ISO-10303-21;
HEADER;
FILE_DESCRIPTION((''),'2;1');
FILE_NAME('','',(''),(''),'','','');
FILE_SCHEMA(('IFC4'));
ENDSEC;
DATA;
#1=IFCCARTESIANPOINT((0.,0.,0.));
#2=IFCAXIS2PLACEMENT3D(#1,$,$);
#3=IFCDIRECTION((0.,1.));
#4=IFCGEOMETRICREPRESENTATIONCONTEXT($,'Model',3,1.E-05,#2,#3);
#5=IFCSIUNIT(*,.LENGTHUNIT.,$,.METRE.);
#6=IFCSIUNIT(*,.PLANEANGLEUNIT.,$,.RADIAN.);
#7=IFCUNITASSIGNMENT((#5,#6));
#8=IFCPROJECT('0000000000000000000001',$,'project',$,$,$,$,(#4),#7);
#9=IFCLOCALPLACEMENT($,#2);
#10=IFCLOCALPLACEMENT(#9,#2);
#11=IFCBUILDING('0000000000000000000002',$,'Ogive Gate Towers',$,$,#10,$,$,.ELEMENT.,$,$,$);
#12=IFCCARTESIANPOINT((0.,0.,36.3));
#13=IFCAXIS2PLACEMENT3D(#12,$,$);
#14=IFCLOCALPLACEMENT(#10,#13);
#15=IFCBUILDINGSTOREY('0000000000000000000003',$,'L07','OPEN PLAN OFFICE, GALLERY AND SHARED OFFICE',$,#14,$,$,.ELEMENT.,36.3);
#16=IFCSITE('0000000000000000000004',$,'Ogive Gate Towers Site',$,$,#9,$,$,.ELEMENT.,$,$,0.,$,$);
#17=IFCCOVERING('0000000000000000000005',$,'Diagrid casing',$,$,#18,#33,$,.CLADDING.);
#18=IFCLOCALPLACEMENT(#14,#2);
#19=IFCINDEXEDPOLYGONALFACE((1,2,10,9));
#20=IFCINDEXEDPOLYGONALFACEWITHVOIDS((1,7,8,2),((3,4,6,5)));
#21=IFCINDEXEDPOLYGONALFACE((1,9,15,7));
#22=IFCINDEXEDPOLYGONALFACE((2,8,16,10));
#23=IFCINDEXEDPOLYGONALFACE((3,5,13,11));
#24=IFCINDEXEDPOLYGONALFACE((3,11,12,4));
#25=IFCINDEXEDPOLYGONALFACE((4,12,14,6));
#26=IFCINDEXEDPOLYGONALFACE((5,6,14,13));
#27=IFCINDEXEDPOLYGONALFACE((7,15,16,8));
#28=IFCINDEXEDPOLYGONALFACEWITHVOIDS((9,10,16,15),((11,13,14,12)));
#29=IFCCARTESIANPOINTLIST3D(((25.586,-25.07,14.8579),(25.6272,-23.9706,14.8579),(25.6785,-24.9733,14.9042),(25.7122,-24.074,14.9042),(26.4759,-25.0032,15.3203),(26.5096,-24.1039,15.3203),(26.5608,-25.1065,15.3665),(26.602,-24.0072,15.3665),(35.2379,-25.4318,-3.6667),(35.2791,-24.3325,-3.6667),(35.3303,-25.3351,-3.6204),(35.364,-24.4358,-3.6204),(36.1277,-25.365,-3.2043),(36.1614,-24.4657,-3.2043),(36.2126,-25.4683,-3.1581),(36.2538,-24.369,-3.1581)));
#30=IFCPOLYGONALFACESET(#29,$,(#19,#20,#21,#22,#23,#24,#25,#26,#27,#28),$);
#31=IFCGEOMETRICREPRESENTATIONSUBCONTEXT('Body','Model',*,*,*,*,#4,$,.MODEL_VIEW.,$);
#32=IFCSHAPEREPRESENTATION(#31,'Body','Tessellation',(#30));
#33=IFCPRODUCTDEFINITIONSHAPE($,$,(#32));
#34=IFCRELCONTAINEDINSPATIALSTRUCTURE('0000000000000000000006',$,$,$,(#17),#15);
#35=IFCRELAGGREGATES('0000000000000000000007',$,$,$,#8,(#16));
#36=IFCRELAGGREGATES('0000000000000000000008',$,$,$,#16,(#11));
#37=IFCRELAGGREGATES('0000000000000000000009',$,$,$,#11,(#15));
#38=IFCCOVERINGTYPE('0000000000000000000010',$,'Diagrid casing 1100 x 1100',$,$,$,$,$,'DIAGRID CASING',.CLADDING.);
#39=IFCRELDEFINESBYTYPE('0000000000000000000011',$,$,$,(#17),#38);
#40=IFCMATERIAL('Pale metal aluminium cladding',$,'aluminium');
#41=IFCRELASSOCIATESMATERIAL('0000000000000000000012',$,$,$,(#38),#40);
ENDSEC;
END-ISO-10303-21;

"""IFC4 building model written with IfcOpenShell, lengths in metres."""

from ifc_helpers import new_model, si_unit, direction, frame, origin, origin_2d, place, context, subcontext, project, spatial, hollow_rectangle, extrude, material, material_profile, profile_set, type_object, element, save


model = new_model("IFC4")

# Units and contexts
model_context = context("Model", 3, precision=1e-05, world=origin(), true_north=direction((0.0, 1.0)))
body_context = subcontext(model_context, "Body", "Model", "MODEL_VIEW")
ifc_project = project(units=[si_unit("LENGTHUNIT", "METRE"), si_unit("PLANEANGLEUNIT", "RADIAN")], contexts=[model_context])

# Site, building, storey
site_placement = place(None, origin())
site = spatial("IfcSite", under=ifc_project, at=site_placement, Name="Ogive Gate Towers Site", CompositionType="ELEMENT", RefElevation=0.0)
building_placement = place(site_placement, origin())
building = spatial("IfcBuilding", under=site, at=building_placement, Name="Ogive Gate Towers", CompositionType="ELEMENT")
storey_placement = place(building_placement, frame((0.0, 0.0, 36.3)))
storey = spatial("IfcBuildingStorey", under=building, at=storey_placement, Name="L07", Description="OPEN PLAN OFFICE, GALLERY AND SHARED OFFICE", CompositionType="ELEMENT", Elevation=36.3)

# Covering
ifc_material_1 = material(Name="Pale metal aluminium cladding", Category="aluminium")
ifc_material_profile_1 = material_profile(ifc_material_1, hollow_rectangle(XDim=1.1001, YDim=1.1001, WallThickness=0.1001, at=origin_2d()), Name="1100 x 1100 pale metal casing")
ifc_profile_set_1 = profile_set([ifc_material_profile_1], Name="Pale metal aluminium cladding")
covering_type = type_object("IfcCoveringType", Name="Diagrid casing 1100 x 1100", ElementType="DIAGRID CASING", PredefinedType="CLADDING", material=ifc_profile_set_1)
covering_placement = place(storey_placement, frame((35.7458, -24.9004, -3.4124), z_axis=(-0.462001, 0.017319, 0.886711), x_axis=(-0.03746, -0.999298, 0.0)))
element("IfcCovering", 1, at=covering_placement, inside=storey, type_object=covering_type, Name="Diagrid casing", PredefinedType="CLADDING", context=body_context, shape_type="SweptSolid", body=[
    extrude(hollow_rectangle(XDim=1.1001, YDim=1.1001, WallThickness=0.1001, at=origin_2d()), origin(), (0.0, 0.0, 1.0), 20.8914),
])

save(model, "model.ifc")
